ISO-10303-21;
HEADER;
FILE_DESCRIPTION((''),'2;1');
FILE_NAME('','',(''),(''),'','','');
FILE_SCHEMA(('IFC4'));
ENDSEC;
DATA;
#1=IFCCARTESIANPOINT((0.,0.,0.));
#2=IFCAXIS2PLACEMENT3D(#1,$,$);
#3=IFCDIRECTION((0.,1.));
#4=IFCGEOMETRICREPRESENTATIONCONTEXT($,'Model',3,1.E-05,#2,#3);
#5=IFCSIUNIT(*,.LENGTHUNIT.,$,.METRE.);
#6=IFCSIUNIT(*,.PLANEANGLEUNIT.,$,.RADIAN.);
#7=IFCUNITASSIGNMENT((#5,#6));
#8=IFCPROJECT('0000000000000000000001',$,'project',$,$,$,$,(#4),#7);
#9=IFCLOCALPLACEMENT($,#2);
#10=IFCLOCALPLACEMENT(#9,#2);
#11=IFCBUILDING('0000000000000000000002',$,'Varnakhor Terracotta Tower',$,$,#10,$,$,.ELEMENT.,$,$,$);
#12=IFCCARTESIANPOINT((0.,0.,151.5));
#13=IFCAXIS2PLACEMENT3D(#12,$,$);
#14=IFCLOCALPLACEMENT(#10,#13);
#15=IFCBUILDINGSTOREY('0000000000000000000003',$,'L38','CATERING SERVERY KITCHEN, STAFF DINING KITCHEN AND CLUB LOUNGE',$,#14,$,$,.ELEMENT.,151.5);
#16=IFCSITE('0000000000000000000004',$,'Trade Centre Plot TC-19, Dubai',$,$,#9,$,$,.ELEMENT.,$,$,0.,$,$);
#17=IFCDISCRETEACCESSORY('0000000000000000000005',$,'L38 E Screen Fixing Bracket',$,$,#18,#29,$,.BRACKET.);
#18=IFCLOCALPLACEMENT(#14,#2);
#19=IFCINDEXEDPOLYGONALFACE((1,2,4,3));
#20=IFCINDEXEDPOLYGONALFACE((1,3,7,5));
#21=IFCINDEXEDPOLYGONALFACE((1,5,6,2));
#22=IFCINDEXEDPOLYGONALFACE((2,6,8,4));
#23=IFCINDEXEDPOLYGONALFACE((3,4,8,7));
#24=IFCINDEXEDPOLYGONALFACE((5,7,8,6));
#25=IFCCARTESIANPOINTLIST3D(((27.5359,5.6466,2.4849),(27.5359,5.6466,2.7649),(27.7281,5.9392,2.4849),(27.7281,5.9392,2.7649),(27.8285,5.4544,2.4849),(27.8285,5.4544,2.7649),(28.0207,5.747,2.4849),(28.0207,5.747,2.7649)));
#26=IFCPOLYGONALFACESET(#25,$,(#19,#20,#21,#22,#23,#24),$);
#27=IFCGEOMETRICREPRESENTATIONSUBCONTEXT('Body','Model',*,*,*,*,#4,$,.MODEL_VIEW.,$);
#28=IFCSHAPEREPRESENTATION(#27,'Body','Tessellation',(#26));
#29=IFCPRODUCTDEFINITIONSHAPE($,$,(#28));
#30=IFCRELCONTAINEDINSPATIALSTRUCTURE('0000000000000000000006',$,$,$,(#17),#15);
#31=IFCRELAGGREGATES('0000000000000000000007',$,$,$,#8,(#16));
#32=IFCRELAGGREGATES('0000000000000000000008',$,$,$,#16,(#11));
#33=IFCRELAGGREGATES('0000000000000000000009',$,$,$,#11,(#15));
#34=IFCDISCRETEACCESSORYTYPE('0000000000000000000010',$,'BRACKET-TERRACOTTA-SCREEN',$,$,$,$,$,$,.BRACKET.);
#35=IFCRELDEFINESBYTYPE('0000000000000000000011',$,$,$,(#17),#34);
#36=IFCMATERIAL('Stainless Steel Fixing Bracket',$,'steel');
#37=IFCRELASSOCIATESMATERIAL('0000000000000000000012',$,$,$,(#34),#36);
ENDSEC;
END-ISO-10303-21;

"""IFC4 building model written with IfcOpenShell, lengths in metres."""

from ifc_helpers import new_model, si_unit, direction, frame, origin, origin_2d, place, context, subcontext, project, spatial, rectangle, extrude, source, transform, mapped, material, type_object, type_shapes, element, save


model = new_model("IFC4")

# Units and contexts
model_context = context("Model", 3, precision=1e-05, world=origin(), true_north=direction((0.0, 1.0)))
body_context = subcontext(model_context, "Body", "Model", "MODEL_VIEW")
ifc_project = project(units=[si_unit("LENGTHUNIT", "METRE"), si_unit("PLANEANGLEUNIT", "RADIAN")], contexts=[model_context])

# Site, building, storey
site_placement = place(None, origin())
site = spatial("IfcSite", under=ifc_project, at=site_placement, Name="Trade Centre Plot TC-19, Dubai", CompositionType="ELEMENT", RefElevation=0.0)
building_placement = place(site_placement, origin())
building = spatial("IfcBuilding", under=site, at=building_placement, Name="Varnakhor Terracotta Tower", CompositionType="ELEMENT")
storey_placement = place(building_placement, frame((0.0, 0.0, 151.5)))
storey = spatial("IfcBuildingStorey", under=building, at=storey_placement, Name="L38", Description="CATERING SERVERY KITCHEN, STAFF DINING KITCHEN AND CLUB LOUNGE", CompositionType="ELEMENT", Elevation=151.5)

# Discrete accessory
ifc_material_1 = material(Name="Stainless Steel Fixing Bracket", Category="steel")
discrete_accessory_type = type_object("IfcDiscreteAccessoryType", Name="BRACKET-TERRACOTTA-SCREEN", PredefinedType="BRACKET", material=ifc_material_1)
shared_shape_1 = source(origin(), body_context, "Body", "SweptSolid", [
    extrude(rectangle(XDim=0.3501, YDim=0.3501, at=origin_2d()), origin(), (0.0, 0.0, 1.0), 0.28),
])
type_shapes(discrete_accessory_type, [shared_shape_1])
discrete_accessory_placement = place(storey_placement, frame((27.7783, 5.6968, 2.4849), z_axis=(0.0, 0.0, 1.0), x_axis=(0.54911, 0.83575, 0.0)))
element("IfcDiscreteAccessory", 1, at=discrete_accessory_placement, inside=storey, type_object=discrete_accessory_type, Name="L38 E Screen Fixing Bracket", PredefinedType="BRACKET", context=body_context, shape_type="MappedRepresentation", body=[
    mapped(shared_shape_1, transform((0.0, 0.0, 0.0), scale=1.0)),
])

save(model, "model.ifc")
